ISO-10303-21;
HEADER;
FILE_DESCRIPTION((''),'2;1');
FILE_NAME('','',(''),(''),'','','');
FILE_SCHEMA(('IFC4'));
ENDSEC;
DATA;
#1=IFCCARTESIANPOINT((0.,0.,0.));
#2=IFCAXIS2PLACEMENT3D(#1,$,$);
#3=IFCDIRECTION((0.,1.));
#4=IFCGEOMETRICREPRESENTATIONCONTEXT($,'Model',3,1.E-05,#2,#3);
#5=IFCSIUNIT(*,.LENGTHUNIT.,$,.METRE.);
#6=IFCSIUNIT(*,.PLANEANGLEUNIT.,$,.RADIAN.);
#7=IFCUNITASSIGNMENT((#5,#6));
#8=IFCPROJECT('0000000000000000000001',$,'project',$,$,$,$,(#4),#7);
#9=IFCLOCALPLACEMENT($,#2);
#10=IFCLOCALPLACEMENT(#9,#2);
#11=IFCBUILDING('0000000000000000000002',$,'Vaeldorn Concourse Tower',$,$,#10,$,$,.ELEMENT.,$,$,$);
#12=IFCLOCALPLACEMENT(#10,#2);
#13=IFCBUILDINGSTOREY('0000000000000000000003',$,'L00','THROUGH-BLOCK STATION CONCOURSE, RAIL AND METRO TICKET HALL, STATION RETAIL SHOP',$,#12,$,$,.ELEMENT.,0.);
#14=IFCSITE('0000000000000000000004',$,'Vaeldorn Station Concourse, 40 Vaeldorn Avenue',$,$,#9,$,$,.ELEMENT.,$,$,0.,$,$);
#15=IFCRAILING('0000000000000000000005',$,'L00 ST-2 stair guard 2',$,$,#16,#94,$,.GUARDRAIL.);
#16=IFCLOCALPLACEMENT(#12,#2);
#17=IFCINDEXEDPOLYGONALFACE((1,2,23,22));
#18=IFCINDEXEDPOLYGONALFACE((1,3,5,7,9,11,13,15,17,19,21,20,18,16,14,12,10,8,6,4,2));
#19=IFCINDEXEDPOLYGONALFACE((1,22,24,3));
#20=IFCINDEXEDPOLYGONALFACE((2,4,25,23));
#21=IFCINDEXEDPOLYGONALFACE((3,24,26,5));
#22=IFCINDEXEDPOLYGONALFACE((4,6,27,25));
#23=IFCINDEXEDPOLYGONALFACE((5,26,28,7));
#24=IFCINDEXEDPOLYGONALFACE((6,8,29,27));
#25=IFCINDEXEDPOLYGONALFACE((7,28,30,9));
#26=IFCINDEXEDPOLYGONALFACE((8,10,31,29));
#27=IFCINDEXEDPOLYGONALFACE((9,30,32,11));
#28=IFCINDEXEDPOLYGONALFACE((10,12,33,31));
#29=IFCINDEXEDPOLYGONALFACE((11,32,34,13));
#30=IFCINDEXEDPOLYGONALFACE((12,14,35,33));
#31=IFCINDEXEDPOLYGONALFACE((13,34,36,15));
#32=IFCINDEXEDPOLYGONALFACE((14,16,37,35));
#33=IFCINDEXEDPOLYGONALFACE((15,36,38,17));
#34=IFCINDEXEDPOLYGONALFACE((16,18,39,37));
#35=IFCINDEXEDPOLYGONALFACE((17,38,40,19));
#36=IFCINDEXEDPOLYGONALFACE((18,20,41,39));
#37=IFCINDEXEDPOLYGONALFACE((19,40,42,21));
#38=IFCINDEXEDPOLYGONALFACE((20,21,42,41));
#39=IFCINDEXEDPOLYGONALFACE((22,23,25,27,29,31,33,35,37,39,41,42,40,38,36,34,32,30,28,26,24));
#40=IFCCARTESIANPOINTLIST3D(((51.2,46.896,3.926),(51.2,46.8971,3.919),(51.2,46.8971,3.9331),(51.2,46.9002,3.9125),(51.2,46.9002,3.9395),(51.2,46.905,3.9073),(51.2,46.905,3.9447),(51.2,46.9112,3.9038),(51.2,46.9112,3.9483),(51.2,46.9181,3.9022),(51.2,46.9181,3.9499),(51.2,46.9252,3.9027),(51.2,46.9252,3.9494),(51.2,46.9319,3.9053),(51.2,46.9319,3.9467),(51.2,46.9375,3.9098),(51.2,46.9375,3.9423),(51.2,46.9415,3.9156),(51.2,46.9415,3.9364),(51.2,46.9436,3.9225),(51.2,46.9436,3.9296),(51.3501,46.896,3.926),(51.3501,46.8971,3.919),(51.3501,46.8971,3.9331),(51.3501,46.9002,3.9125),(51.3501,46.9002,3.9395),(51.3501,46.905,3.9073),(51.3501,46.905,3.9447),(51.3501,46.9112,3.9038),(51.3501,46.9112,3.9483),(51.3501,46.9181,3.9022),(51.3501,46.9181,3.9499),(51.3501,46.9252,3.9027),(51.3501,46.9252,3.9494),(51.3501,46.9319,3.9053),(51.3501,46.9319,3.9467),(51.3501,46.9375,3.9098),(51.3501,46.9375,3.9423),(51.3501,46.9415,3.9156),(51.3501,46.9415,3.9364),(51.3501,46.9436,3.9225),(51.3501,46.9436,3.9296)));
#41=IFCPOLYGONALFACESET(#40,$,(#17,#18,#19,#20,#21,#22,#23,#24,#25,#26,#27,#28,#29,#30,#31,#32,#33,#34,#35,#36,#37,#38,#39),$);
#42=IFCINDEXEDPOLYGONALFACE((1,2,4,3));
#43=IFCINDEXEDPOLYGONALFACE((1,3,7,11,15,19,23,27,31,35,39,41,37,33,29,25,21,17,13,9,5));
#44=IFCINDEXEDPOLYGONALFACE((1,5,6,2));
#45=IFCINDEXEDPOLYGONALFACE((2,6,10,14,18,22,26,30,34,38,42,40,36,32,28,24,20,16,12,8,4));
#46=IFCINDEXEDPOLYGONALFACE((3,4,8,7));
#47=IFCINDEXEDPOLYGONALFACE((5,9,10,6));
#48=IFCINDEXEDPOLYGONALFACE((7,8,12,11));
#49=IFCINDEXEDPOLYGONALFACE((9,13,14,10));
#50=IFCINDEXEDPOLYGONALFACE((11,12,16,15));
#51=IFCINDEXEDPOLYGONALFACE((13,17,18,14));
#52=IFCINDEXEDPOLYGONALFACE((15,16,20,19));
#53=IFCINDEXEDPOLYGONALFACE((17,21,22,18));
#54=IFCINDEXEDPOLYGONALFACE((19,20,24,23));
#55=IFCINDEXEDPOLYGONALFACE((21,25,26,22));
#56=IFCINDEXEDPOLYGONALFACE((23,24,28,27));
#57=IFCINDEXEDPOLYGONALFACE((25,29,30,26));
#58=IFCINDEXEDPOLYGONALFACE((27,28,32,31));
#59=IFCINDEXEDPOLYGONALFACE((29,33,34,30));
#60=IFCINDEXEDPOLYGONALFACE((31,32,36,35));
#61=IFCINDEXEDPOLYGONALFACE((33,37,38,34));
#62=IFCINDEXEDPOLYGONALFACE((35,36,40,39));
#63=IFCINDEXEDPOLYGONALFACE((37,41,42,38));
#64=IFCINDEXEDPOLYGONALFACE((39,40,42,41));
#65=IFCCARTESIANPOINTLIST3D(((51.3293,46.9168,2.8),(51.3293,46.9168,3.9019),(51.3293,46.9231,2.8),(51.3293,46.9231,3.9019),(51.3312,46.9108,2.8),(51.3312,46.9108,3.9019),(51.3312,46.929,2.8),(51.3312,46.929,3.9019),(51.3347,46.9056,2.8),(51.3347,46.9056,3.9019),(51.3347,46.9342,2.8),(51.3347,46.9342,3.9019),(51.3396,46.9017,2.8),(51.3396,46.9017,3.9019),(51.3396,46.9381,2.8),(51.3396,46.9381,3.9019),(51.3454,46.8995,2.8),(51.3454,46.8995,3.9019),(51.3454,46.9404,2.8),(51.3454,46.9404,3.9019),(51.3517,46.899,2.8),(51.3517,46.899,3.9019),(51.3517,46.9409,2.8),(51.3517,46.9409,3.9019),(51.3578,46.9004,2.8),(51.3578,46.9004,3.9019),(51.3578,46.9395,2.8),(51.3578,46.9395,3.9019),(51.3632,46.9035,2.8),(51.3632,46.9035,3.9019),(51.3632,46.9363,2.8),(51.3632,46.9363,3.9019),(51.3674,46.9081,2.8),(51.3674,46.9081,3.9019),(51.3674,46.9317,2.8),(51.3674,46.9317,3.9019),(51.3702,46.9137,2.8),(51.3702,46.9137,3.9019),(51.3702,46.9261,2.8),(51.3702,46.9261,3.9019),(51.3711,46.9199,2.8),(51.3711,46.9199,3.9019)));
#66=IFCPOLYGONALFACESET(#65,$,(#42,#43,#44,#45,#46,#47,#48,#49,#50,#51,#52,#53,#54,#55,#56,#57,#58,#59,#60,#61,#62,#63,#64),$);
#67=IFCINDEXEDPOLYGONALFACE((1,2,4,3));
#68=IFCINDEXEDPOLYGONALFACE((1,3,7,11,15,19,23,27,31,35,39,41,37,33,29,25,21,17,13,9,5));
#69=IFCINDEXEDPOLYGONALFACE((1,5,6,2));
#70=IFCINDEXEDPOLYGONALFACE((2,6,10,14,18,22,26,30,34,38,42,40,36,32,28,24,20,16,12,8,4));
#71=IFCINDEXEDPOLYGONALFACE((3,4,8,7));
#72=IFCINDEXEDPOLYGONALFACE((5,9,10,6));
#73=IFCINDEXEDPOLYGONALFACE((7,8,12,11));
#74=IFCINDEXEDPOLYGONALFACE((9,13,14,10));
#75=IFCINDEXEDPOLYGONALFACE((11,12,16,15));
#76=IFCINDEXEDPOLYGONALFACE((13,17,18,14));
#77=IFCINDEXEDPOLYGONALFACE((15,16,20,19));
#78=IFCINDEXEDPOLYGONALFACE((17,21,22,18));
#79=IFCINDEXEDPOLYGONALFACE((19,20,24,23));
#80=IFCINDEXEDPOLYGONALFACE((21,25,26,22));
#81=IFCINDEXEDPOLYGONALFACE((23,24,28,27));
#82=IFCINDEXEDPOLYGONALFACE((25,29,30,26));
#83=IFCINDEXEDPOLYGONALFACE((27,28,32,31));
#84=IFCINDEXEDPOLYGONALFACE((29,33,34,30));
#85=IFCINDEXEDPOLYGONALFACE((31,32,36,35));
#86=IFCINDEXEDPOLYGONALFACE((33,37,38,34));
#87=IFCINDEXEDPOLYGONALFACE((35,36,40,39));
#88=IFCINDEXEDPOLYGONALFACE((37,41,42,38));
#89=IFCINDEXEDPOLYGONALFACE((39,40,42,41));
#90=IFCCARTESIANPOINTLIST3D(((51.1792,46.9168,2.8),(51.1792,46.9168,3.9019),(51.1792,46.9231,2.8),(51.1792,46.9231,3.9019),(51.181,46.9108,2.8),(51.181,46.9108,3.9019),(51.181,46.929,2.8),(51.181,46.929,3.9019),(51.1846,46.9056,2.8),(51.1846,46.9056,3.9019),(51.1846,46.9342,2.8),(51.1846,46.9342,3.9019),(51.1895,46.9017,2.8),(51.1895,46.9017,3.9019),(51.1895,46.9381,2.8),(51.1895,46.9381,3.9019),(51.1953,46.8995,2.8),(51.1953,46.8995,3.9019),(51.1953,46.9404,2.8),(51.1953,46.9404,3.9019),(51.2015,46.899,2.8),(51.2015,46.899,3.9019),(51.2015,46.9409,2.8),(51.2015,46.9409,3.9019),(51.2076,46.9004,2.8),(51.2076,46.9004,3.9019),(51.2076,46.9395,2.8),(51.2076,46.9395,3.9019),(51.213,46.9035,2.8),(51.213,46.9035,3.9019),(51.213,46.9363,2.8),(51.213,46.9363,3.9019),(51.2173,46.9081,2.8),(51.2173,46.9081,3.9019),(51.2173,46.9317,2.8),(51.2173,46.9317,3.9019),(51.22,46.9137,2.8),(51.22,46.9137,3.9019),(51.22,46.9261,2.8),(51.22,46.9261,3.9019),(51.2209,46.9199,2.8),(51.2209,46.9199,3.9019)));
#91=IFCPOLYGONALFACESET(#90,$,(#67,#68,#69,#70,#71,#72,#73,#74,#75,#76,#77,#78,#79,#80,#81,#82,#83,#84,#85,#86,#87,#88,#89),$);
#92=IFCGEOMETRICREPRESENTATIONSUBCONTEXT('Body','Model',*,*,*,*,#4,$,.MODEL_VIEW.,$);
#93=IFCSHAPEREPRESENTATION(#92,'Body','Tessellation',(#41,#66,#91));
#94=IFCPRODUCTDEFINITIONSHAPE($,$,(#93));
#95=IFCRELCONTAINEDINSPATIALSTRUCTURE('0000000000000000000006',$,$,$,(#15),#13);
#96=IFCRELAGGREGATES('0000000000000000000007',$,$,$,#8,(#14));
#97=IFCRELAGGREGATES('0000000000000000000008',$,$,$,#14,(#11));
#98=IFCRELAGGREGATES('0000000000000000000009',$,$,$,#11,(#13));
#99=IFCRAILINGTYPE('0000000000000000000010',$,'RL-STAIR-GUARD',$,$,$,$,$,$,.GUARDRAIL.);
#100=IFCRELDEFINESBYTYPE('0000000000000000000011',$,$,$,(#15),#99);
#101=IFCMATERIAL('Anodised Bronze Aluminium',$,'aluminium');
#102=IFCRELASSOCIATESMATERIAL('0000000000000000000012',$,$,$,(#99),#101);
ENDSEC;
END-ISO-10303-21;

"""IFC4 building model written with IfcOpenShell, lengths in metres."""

from ifc_helpers import new_model, si_unit, direction, frame, origin, origin_2d, place, context, subcontext, project, spatial, circle, extrude, material, type_object, element, save


model = new_model("IFC4")

# Units and contexts
model_context = context("Model", 3, precision=1e-05, world=origin(), true_north=direction((0.0, 1.0)))
body_context = subcontext(model_context, "Body", "Model", "MODEL_VIEW")
ifc_project = project(units=[si_unit("LENGTHUNIT", "METRE"), si_unit("PLANEANGLEUNIT", "RADIAN")], contexts=[model_context])

# Site, building, storey
site_placement = place(None, origin())
site = spatial("IfcSite", under=ifc_project, at=site_placement, Name="Vaeldorn Station Concourse, 40 Vaeldorn Avenue", CompositionType="ELEMENT", RefElevation=0.0)
building_placement = place(site_placement, origin())
building = spatial("IfcBuilding", under=site, at=building_placement, Name="Vaeldorn Concourse Tower", CompositionType="ELEMENT")
storey_placement = place(building_placement, origin())
storey = spatial("IfcBuildingStorey", under=building, at=storey_placement, Name="L00", Description="THROUGH-BLOCK STATION CONCOURSE, RAIL AND METRO TICKET HALL, STATION RETAIL SHOP", CompositionType="ELEMENT", Elevation=0.0)

# Shared definitions
ifc_material_1 = material(Name="Anodised Bronze Aluminium", Category="aluminium")

# Railing
railing_type_1 = type_object("IfcRailingType", Name="RL-STAIR-GUARD", PredefinedType="GUARDRAIL", material=ifc_material_1)
railing_1_placement = place(storey_placement, frame((51.3501, 46.9199, 2.8)))
element("IfcRailing", 1, at=railing_1_placement, inside=storey, type_object=railing_type_1, Name="L00 ST-2 stair guard 2", PredefinedType="GUARDRAIL", context=body_context, shape_type="SweptSolid", body=[
    extrude(circle(Radius=0.0239, at=origin_2d()), frame((0.0, 0.0, 1.126), z_axis=(-1.0, 0.0, 0.0), x_axis=(0.0, -1.0, 0.0)), (0.0, 0.0, 1.0), 0.1501),
    extrude(circle(Radius=0.021, at=origin_2d()), origin(), (0.0, 0.0, 1.0), 1.1018),
    extrude(circle(Radius=0.021, at=origin_2d()), frame((-0.1501, 0.0, 0.0)), (0.0, 0.0, 1.0), 1.1018),
])

save(model, "model.ifc")
